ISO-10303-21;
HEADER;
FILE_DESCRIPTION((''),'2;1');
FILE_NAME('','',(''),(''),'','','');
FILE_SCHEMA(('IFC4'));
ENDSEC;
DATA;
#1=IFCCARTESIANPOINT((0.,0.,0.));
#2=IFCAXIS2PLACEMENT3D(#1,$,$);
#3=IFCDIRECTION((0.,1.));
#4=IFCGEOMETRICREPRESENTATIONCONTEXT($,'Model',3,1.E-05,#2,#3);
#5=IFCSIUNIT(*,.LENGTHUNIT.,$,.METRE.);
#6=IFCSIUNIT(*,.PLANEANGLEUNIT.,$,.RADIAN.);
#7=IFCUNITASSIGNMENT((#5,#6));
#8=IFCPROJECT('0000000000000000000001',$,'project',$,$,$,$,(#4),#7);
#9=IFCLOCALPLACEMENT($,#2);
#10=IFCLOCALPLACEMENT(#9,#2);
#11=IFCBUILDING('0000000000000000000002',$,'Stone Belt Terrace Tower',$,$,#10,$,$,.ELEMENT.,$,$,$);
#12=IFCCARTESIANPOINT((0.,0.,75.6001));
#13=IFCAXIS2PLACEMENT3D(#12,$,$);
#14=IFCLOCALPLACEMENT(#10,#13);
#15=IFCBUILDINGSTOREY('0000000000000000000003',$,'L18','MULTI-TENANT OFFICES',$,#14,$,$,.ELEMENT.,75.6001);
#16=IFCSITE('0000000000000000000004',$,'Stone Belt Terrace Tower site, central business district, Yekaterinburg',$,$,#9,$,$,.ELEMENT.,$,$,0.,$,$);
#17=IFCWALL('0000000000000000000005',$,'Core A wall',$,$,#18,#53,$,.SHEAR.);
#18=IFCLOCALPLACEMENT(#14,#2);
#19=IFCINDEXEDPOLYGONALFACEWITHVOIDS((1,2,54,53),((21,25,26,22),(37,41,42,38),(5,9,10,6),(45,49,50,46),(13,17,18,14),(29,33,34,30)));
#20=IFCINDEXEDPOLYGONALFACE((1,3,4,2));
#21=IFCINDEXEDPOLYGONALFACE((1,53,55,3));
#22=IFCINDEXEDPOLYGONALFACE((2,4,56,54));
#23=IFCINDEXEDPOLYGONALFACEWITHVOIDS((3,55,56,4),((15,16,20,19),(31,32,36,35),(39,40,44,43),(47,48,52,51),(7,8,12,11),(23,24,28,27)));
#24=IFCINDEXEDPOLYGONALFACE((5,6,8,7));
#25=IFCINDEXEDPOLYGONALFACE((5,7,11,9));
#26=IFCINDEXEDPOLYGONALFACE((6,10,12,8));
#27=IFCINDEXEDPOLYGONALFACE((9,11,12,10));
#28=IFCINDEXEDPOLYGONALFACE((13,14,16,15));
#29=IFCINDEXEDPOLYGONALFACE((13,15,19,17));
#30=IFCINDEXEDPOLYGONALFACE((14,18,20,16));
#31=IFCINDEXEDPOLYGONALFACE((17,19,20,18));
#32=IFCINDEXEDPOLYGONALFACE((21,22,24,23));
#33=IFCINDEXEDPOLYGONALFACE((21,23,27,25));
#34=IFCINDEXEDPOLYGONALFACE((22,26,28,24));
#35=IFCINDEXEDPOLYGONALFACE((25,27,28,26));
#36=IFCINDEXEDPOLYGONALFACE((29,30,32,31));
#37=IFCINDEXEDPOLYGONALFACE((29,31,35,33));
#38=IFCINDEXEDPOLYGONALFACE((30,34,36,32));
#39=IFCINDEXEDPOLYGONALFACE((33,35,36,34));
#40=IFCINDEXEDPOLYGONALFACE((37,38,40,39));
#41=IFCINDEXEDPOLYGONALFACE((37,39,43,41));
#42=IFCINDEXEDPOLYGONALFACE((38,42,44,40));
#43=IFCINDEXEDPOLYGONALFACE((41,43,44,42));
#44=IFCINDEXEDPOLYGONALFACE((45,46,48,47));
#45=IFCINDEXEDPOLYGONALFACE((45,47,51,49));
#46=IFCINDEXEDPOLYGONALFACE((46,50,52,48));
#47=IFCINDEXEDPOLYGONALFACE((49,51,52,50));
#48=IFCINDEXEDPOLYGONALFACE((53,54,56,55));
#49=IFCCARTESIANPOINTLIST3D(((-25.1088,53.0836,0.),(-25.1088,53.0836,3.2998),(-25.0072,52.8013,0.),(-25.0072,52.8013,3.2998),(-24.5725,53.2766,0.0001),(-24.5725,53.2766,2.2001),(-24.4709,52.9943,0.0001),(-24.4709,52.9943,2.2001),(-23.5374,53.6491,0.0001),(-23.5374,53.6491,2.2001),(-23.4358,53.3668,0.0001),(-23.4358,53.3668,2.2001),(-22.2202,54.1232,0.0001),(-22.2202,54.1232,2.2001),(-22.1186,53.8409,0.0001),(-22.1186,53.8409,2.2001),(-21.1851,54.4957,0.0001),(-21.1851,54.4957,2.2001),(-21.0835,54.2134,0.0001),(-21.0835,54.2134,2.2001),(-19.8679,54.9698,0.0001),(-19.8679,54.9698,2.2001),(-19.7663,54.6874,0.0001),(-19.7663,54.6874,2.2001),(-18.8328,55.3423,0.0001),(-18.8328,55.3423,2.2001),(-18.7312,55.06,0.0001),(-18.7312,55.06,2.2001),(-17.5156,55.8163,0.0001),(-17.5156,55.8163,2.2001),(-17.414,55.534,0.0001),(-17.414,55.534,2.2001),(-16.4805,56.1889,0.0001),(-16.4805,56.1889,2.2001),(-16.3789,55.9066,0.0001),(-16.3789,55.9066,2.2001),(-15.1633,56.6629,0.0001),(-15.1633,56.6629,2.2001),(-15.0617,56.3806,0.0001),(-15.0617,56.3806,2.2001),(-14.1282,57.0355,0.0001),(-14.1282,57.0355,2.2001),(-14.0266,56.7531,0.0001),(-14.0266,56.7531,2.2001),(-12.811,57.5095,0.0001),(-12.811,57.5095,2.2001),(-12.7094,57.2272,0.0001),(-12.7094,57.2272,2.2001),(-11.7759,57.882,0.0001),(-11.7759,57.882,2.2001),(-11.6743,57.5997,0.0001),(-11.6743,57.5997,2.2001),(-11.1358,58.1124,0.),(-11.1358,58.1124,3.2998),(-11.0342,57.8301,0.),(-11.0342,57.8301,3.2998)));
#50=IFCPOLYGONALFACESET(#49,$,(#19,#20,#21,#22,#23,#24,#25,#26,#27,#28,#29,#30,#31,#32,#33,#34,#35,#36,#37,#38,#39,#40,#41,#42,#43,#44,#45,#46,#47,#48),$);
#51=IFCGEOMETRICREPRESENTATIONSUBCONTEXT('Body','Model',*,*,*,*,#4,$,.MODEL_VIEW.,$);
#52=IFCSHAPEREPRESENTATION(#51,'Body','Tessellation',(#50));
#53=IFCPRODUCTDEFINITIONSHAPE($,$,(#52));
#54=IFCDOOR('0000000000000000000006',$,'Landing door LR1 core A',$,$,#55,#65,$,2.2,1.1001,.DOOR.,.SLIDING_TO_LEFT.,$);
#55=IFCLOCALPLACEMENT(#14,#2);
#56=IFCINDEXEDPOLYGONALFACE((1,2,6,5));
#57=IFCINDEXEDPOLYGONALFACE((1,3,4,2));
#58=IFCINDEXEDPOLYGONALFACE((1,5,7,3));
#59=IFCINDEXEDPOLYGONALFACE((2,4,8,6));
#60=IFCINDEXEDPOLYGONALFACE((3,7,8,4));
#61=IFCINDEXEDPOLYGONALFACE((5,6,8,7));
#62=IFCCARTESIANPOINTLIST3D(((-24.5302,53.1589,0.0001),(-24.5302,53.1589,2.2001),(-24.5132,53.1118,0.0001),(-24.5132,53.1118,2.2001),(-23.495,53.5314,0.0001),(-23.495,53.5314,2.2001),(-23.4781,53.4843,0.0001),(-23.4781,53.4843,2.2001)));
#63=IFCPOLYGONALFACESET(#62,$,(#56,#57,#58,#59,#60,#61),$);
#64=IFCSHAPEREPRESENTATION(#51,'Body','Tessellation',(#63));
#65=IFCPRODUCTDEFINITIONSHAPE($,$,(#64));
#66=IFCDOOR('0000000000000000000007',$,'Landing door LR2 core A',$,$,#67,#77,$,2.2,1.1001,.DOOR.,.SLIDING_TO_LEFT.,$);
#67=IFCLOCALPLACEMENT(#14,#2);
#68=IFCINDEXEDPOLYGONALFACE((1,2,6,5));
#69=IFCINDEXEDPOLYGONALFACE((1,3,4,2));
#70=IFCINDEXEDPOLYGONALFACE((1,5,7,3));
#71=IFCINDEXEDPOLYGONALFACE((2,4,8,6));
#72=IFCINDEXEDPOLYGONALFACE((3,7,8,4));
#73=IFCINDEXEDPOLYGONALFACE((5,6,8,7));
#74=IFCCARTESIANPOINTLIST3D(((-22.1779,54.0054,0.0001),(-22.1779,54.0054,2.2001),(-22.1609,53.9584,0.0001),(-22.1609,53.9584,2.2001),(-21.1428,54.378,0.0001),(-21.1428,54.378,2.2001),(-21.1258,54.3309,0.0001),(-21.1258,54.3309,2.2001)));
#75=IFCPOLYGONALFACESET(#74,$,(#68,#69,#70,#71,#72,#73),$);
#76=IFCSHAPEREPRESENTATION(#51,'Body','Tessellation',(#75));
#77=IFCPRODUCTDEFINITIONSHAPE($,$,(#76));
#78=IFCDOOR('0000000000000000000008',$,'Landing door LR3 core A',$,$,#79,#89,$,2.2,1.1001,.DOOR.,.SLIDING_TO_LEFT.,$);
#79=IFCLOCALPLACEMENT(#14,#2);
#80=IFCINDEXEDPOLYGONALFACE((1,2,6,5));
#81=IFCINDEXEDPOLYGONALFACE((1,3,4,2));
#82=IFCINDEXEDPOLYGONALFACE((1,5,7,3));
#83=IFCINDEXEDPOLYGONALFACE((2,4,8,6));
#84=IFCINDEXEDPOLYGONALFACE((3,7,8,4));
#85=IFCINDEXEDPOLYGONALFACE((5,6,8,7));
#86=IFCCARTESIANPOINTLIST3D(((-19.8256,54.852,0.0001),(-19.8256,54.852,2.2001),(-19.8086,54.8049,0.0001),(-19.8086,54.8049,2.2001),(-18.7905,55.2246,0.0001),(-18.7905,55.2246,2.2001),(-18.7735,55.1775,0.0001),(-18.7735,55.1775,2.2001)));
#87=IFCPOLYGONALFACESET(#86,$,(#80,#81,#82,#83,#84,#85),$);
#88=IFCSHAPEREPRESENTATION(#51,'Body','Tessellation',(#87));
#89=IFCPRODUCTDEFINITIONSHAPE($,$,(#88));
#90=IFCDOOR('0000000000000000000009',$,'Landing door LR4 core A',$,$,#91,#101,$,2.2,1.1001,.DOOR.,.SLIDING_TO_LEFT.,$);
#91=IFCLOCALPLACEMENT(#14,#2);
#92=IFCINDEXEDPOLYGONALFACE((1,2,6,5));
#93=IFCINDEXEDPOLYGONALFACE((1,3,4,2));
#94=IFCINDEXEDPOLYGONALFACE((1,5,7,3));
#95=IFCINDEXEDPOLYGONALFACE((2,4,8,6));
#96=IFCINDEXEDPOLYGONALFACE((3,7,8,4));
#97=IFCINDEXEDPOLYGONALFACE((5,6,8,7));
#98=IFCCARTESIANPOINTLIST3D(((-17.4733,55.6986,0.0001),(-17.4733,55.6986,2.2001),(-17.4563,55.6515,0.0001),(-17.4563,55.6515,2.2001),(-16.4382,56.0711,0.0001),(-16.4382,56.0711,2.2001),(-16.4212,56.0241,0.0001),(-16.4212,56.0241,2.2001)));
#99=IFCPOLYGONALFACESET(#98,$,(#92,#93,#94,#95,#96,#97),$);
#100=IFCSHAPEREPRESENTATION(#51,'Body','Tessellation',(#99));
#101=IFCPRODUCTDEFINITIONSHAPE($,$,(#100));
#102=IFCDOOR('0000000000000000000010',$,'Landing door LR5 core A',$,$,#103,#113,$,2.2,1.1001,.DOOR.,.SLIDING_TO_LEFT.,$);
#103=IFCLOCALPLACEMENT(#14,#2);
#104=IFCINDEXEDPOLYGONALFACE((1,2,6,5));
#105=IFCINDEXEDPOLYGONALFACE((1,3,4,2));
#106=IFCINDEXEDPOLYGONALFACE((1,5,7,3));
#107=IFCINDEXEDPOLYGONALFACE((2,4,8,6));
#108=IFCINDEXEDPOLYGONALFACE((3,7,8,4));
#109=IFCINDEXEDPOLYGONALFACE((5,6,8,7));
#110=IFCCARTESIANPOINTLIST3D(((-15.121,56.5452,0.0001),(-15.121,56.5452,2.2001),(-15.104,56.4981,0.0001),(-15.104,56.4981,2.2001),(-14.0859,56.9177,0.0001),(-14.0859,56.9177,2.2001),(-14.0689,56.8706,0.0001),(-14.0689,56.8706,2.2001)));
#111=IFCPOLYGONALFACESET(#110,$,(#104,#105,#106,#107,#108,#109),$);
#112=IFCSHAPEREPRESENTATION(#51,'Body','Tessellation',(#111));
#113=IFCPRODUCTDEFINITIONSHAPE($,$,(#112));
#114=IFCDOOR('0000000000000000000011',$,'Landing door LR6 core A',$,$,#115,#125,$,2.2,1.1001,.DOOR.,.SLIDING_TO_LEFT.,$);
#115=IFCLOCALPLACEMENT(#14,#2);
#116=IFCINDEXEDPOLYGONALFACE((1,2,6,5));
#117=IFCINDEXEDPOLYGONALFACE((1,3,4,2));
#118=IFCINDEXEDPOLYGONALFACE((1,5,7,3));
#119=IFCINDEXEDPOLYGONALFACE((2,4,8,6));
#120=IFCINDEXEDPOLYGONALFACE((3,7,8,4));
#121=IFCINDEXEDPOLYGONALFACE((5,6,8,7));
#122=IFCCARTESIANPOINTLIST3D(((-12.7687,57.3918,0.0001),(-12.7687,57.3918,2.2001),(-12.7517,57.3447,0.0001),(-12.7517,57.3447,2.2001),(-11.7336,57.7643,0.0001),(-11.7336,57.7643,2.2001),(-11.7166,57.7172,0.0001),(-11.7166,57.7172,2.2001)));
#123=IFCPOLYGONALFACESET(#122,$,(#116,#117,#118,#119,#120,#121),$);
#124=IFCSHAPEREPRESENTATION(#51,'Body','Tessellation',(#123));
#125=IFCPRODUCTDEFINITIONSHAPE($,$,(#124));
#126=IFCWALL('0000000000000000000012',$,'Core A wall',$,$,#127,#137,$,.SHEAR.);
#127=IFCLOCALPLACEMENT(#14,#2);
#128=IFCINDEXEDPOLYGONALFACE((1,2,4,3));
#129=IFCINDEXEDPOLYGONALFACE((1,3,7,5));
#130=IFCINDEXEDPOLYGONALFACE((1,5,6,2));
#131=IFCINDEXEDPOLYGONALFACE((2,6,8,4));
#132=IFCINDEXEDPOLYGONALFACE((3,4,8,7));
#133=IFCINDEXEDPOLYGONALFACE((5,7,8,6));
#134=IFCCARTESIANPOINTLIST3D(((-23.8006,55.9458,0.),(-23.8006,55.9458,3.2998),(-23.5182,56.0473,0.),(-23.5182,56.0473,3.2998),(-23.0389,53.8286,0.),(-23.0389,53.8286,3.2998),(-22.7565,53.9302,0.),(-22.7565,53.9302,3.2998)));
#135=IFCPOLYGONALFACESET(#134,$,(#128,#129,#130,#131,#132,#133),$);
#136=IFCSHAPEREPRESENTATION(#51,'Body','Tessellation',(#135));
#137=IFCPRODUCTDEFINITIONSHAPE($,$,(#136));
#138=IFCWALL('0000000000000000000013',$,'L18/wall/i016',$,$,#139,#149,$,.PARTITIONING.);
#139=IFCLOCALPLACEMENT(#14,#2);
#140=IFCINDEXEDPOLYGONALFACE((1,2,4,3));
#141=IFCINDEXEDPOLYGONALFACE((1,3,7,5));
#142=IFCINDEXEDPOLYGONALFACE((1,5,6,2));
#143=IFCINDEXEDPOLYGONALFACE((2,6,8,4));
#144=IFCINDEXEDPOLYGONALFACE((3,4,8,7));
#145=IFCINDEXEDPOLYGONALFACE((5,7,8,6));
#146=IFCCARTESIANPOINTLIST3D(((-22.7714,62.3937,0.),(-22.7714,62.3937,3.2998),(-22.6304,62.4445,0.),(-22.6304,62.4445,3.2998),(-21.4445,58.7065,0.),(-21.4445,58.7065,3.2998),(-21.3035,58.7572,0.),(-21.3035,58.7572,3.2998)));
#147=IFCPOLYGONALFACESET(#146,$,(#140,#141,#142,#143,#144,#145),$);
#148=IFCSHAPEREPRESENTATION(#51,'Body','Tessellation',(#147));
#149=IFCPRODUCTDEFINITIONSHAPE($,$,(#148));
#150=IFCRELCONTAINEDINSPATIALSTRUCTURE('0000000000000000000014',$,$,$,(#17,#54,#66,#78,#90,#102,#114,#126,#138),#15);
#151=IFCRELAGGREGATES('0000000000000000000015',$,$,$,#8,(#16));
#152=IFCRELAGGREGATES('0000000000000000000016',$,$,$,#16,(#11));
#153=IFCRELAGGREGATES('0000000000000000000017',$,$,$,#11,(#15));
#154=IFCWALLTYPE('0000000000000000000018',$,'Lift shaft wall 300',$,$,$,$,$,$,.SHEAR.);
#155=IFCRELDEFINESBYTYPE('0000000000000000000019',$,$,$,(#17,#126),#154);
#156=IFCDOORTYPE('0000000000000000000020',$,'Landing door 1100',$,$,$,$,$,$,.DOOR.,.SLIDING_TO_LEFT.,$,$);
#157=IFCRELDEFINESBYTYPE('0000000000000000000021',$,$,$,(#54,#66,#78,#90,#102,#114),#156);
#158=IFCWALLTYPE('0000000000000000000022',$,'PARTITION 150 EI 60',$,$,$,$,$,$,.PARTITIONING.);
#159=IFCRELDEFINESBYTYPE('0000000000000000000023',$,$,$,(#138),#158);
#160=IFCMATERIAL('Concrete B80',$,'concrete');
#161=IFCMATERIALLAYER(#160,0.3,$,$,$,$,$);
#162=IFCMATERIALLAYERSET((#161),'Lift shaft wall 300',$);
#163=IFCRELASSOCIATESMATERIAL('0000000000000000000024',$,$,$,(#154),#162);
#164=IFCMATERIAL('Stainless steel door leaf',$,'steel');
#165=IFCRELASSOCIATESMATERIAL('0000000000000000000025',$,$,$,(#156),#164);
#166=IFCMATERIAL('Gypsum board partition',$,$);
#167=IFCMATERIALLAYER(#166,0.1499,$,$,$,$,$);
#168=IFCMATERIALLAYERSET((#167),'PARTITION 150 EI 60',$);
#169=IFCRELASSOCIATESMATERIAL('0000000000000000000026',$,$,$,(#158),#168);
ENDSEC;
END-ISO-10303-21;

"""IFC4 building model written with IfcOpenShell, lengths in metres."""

from ifc_helpers import new_model, si_unit, direction, frame, frame_2d, origin, place, context, subcontext, project, spatial, rectangle, extrude, material, layer, layer_set, type_object, element, fill, save


model = new_model("IFC4")

# Units and contexts
model_context = context("Model", 3, precision=1e-05, world=origin(), true_north=direction((0.0, 1.0)))
body_context = subcontext(model_context, "Body", "Model", "MODEL_VIEW")
ifc_project = project(units=[si_unit("LENGTHUNIT", "METRE"), si_unit("PLANEANGLEUNIT", "RADIAN")], contexts=[model_context])

# Site, building, storey
site_placement = place(None, origin())
site = spatial("IfcSite", under=ifc_project, at=site_placement, Name="Stone Belt Terrace Tower site, central business district, Yekaterinburg", CompositionType="ELEMENT", RefElevation=0.0)
building_placement = place(site_placement, origin())
building = spatial("IfcBuilding", under=site, at=building_placement, Name="Stone Belt Terrace Tower", CompositionType="ELEMENT")
storey_placement = place(building_placement, frame((0.0, 0.0, 75.6001)))
storey = spatial("IfcBuildingStorey", under=building, at=storey_placement, Name="L18", Description="MULTI-TENANT OFFICES", CompositionType="ELEMENT", Elevation=75.6001)

# Shared definitions
ifc_material_1 = material(Name="Concrete B80", Category="concrete")

# Shared definitions
ifc_layer_1 = layer(ifc_material_1, 0.3)
ifc_layer_set_1 = layer_set([ifc_layer_1], Name="Lift shaft wall 300")
wall_type_1 = type_object("IfcWallType", Name="Lift shaft wall 300", PredefinedType="SHEAR", material=ifc_layer_set_1)
ifc_material_2 = material(Name="Stainless steel door leaf", Category="steel")

# Wall, openings, doors
wall_1_placement = place(storey_placement, frame((-25.0581, 52.9424, 0.0), z_axis=(0.0, 0.0, 1.0), x_axis=(0.940918, 0.338634, 0.0)))
wall_1 = element("IfcWall", 1, at=wall_1_placement, inside=storey, type_object=wall_type_1, Name="Core A wall", PredefinedType="SHEAR", context=body_context, shape_type="SweptSolid", body=[
    extrude(rectangle(XDim=14.8503, YDim=0.3, at=frame_2d((7.4253, 0.0))), origin(), (0.0, 0.0, 1.0), 3.2998),
])
opening_1_placement = place(wall_1_placement, frame((0.5701, 0.0, 0.0)))
opening_1 = element("IfcOpeningElement", 2, at=opening_1_placement, cuts=wall_1, PredefinedType="OPENING", context=body_context, shape_type="SweptSolid", body=[
    extrude(rectangle(XDim=1.1001, YDim=2.2, at=frame_2d((0.55, 1.1001))), frame((0.0, 0.1599, 0.0), z_axis=(0.0, -1.0, 0.0), x_axis=(1.0, 0.0, 0.0)), (0.0, 0.0, 1.0), 0.3201),
])
opening_2_placement = place(wall_1_placement, frame((3.0701, 0.0, 0.0)))
opening_2 = element("IfcOpeningElement", 3, at=opening_2_placement, cuts=wall_1, PredefinedType="OPENING", context=body_context, shape_type="SweptSolid", body=[
    extrude(rectangle(XDim=1.1001, YDim=2.2, at=frame_2d((0.55, 1.1001))), frame((0.0, 0.1599, 0.0), z_axis=(0.0, -1.0, 0.0), x_axis=(1.0, 0.0, 0.0)), (0.0, 0.0, 1.0), 0.3201),
])
opening_3_placement = place(wall_1_placement, frame((5.5701, 0.0, 0.0)))
opening_3 = element("IfcOpeningElement", 4, at=opening_3_placement, cuts=wall_1, PredefinedType="OPENING", context=body_context, shape_type="SweptSolid", body=[
    extrude(rectangle(XDim=1.1001, YDim=2.2, at=frame_2d((0.55, 1.1001))), frame((0.0, 0.1599, 0.0), z_axis=(0.0, -1.0, 0.0), x_axis=(1.0, 0.0, 0.0)), (0.0, 0.0, 1.0), 0.3201),
])
opening_4_placement = place(wall_1_placement, frame((8.0701, 0.0, 0.0)))
opening_4 = element("IfcOpeningElement", 5, at=opening_4_placement, cuts=wall_1, PredefinedType="OPENING", context=body_context, shape_type="SweptSolid", body=[
    extrude(rectangle(XDim=1.1001, YDim=2.2, at=frame_2d((0.55, 1.1001))), frame((0.0, 0.1599, 0.0), z_axis=(0.0, -1.0, 0.0), x_axis=(1.0, 0.0, 0.0)), (0.0, 0.0, 1.0), 0.3201),
])
opening_5_placement = place(wall_1_placement, frame((10.5701, 0.0, 0.0)))
opening_5 = element("IfcOpeningElement", 6, at=opening_5_placement, cuts=wall_1, PredefinedType="OPENING", context=body_context, shape_type="SweptSolid", body=[
    extrude(rectangle(XDim=1.1001, YDim=2.2, at=frame_2d((0.55, 1.1001))), frame((0.0, 0.1599, 0.0), z_axis=(0.0, -1.0, 0.0), x_axis=(1.0, 0.0, 0.0)), (0.0, 0.0, 1.0), 0.3201),
])
opening_6_placement = place(wall_1_placement, frame((13.0701, 0.0, 0.0)))
opening_6 = element("IfcOpeningElement", 7, at=opening_6_placement, cuts=wall_1, PredefinedType="OPENING", context=body_context, shape_type="SweptSolid", body=[
    extrude(rectangle(XDim=1.1001, YDim=2.2, at=frame_2d((0.55, 1.1001))), frame((0.0, 0.1599, 0.0), z_axis=(0.0, -1.0, 0.0), x_axis=(1.0, 0.0, 0.0)), (0.0, 0.0, 1.0), 0.3201),
])
door_type_1 = type_object("IfcDoorType", Name="Landing door 1100", OperationType="SLIDING_TO_LEFT", PredefinedType="DOOR", material=ifc_material_2)
door_1_placement = place(opening_1_placement, origin())
door_1 = element("IfcDoor", 8, at=door_1_placement, inside=storey, type_object=door_type_1, Name="Landing door LR1 core A", OperationType="SLIDING_TO_LEFT", OverallHeight=2.2, OverallWidth=1.1001, PredefinedType="DOOR", context=body_context, shape_type="SweptSolid", body=[
    extrude(rectangle(XDim=1.1001, YDim=2.2, at=frame_2d((0.55, 1.1001))), frame((0.0, 0.0249, 0.0), z_axis=(0.0, -1.0, 0.0), x_axis=(1.0, 0.0, 0.0)), (0.0, 0.0, 1.0), 0.05),
])
fill(opening_1, door_1)
door_2_placement = place(opening_2_placement, origin())
door_2 = element("IfcDoor", 9, at=door_2_placement, inside=storey, type_object=door_type_1, Name="Landing door LR2 core A", OperationType="SLIDING_TO_LEFT", OverallHeight=2.2, OverallWidth=1.1001, PredefinedType="DOOR", context=body_context, shape_type="SweptSolid", body=[
    extrude(rectangle(XDim=1.1001, YDim=2.2, at=frame_2d((0.55, 1.1001))), frame((0.0, 0.0249, 0.0), z_axis=(0.0, -1.0, 0.0), x_axis=(1.0, 0.0, 0.0)), (0.0, 0.0, 1.0), 0.05),
])
fill(opening_2, door_2)
door_3_placement = place(opening_3_placement, origin())
door_3 = element("IfcDoor", 10, at=door_3_placement, inside=storey, type_object=door_type_1, Name="Landing door LR3 core A", OperationType="SLIDING_TO_LEFT", OverallHeight=2.2, OverallWidth=1.1001, PredefinedType="DOOR", context=body_context, shape_type="SweptSolid", body=[
    extrude(rectangle(XDim=1.1001, YDim=2.2, at=frame_2d((0.55, 1.1001))), frame((0.0, 0.0249, 0.0), z_axis=(0.0, -1.0, 0.0), x_axis=(1.0, 0.0, 0.0)), (0.0, 0.0, 1.0), 0.05),
])
fill(opening_3, door_3)
door_4_placement = place(opening_4_placement, origin())
door_4 = element("IfcDoor", 11, at=door_4_placement, inside=storey, type_object=door_type_1, Name="Landing door LR4 core A", OperationType="SLIDING_TO_LEFT", OverallHeight=2.2, OverallWidth=1.1001, PredefinedType="DOOR", context=body_context, shape_type="SweptSolid", body=[
    extrude(rectangle(XDim=1.1001, YDim=2.2, at=frame_2d((0.55, 1.1001))), frame((0.0, 0.0249, 0.0), z_axis=(0.0, -1.0, 0.0), x_axis=(1.0, 0.0, 0.0)), (0.0, 0.0, 1.0), 0.05),
])
fill(opening_4, door_4)
door_5_placement = place(opening_5_placement, origin())
door_5 = element("IfcDoor", 12, at=door_5_placement, inside=storey, type_object=door_type_1, Name="Landing door LR5 core A", OperationType="SLIDING_TO_LEFT", OverallHeight=2.2, OverallWidth=1.1001, PredefinedType="DOOR", context=body_context, shape_type="SweptSolid", body=[
    extrude(rectangle(XDim=1.1001, YDim=2.2, at=frame_2d((0.55, 1.1001))), frame((0.0, 0.0249, 0.0), z_axis=(0.0, -1.0, 0.0), x_axis=(1.0, 0.0, 0.0)), (0.0, 0.0, 1.0), 0.05),
])
fill(opening_5, door_5)
door_6_placement = place(opening_6_placement, origin())
door_6 = element("IfcDoor", 13, at=door_6_placement, inside=storey, type_object=door_type_1, Name="Landing door LR6 core A", OperationType="SLIDING_TO_LEFT", OverallHeight=2.2, OverallWidth=1.1001, PredefinedType="DOOR", context=body_context, shape_type="SweptSolid", body=[
    extrude(rectangle(XDim=1.1001, YDim=2.2, at=frame_2d((0.55, 1.1001))), frame((0.0, 0.0249, 0.0), z_axis=(0.0, -1.0, 0.0), x_axis=(1.0, 0.0, 0.0)), (0.0, 0.0, 1.0), 0.05),
])
fill(opening_6, door_6)

# Walls
wall_2_placement = place(storey_placement, frame((-22.8977, 53.8794, 0.0), z_axis=(0.0, 0.0, 1.0), x_axis=(-0.338535, 0.940954, 0.0)))
element("IfcWall", 14, at=wall_2_placement, inside=storey, type_object=wall_type_1, Name="Core A wall", PredefinedType="SHEAR", context=body_context, shape_type="SweptSolid", body=[
    extrude(rectangle(XDim=2.25, YDim=0.3, at=frame_2d((1.125, 0.0))), origin(), (0.0, 0.0, 1.0), 3.2998),
])
ifc_material_3 = material(Name="Gypsum board partition")
ifc_layer_2 = layer(ifc_material_3, 0.1499)
ifc_layer_set_2 = layer_set([ifc_layer_2], Name="PARTITION 150 EI 60")
wall_type_2 = type_object("IfcWallType", Name="PARTITION 150 EI 60", PredefinedType="PARTITIONING", material=ifc_layer_set_2)
wall_3_placement = place(storey_placement, frame((-22.7009, 62.4192, 0.0), z_axis=(0.0, 0.0, 1.0), x_axis=(0.338605, -0.940929, 0.0)))
element("IfcWall", 15, at=wall_3_placement, inside=storey, type_object=wall_type_2, Name="L18/wall/i016", PredefinedType="PARTITIONING", context=body_context, shape_type="SweptSolid", body=[
    extrude(rectangle(XDim=3.9187, YDim=0.1499, at=frame_2d((1.9595, 0.0))), origin(), (0.0, 0.0, 1.0), 3.2998),
])

save(model, "model.ifc")
